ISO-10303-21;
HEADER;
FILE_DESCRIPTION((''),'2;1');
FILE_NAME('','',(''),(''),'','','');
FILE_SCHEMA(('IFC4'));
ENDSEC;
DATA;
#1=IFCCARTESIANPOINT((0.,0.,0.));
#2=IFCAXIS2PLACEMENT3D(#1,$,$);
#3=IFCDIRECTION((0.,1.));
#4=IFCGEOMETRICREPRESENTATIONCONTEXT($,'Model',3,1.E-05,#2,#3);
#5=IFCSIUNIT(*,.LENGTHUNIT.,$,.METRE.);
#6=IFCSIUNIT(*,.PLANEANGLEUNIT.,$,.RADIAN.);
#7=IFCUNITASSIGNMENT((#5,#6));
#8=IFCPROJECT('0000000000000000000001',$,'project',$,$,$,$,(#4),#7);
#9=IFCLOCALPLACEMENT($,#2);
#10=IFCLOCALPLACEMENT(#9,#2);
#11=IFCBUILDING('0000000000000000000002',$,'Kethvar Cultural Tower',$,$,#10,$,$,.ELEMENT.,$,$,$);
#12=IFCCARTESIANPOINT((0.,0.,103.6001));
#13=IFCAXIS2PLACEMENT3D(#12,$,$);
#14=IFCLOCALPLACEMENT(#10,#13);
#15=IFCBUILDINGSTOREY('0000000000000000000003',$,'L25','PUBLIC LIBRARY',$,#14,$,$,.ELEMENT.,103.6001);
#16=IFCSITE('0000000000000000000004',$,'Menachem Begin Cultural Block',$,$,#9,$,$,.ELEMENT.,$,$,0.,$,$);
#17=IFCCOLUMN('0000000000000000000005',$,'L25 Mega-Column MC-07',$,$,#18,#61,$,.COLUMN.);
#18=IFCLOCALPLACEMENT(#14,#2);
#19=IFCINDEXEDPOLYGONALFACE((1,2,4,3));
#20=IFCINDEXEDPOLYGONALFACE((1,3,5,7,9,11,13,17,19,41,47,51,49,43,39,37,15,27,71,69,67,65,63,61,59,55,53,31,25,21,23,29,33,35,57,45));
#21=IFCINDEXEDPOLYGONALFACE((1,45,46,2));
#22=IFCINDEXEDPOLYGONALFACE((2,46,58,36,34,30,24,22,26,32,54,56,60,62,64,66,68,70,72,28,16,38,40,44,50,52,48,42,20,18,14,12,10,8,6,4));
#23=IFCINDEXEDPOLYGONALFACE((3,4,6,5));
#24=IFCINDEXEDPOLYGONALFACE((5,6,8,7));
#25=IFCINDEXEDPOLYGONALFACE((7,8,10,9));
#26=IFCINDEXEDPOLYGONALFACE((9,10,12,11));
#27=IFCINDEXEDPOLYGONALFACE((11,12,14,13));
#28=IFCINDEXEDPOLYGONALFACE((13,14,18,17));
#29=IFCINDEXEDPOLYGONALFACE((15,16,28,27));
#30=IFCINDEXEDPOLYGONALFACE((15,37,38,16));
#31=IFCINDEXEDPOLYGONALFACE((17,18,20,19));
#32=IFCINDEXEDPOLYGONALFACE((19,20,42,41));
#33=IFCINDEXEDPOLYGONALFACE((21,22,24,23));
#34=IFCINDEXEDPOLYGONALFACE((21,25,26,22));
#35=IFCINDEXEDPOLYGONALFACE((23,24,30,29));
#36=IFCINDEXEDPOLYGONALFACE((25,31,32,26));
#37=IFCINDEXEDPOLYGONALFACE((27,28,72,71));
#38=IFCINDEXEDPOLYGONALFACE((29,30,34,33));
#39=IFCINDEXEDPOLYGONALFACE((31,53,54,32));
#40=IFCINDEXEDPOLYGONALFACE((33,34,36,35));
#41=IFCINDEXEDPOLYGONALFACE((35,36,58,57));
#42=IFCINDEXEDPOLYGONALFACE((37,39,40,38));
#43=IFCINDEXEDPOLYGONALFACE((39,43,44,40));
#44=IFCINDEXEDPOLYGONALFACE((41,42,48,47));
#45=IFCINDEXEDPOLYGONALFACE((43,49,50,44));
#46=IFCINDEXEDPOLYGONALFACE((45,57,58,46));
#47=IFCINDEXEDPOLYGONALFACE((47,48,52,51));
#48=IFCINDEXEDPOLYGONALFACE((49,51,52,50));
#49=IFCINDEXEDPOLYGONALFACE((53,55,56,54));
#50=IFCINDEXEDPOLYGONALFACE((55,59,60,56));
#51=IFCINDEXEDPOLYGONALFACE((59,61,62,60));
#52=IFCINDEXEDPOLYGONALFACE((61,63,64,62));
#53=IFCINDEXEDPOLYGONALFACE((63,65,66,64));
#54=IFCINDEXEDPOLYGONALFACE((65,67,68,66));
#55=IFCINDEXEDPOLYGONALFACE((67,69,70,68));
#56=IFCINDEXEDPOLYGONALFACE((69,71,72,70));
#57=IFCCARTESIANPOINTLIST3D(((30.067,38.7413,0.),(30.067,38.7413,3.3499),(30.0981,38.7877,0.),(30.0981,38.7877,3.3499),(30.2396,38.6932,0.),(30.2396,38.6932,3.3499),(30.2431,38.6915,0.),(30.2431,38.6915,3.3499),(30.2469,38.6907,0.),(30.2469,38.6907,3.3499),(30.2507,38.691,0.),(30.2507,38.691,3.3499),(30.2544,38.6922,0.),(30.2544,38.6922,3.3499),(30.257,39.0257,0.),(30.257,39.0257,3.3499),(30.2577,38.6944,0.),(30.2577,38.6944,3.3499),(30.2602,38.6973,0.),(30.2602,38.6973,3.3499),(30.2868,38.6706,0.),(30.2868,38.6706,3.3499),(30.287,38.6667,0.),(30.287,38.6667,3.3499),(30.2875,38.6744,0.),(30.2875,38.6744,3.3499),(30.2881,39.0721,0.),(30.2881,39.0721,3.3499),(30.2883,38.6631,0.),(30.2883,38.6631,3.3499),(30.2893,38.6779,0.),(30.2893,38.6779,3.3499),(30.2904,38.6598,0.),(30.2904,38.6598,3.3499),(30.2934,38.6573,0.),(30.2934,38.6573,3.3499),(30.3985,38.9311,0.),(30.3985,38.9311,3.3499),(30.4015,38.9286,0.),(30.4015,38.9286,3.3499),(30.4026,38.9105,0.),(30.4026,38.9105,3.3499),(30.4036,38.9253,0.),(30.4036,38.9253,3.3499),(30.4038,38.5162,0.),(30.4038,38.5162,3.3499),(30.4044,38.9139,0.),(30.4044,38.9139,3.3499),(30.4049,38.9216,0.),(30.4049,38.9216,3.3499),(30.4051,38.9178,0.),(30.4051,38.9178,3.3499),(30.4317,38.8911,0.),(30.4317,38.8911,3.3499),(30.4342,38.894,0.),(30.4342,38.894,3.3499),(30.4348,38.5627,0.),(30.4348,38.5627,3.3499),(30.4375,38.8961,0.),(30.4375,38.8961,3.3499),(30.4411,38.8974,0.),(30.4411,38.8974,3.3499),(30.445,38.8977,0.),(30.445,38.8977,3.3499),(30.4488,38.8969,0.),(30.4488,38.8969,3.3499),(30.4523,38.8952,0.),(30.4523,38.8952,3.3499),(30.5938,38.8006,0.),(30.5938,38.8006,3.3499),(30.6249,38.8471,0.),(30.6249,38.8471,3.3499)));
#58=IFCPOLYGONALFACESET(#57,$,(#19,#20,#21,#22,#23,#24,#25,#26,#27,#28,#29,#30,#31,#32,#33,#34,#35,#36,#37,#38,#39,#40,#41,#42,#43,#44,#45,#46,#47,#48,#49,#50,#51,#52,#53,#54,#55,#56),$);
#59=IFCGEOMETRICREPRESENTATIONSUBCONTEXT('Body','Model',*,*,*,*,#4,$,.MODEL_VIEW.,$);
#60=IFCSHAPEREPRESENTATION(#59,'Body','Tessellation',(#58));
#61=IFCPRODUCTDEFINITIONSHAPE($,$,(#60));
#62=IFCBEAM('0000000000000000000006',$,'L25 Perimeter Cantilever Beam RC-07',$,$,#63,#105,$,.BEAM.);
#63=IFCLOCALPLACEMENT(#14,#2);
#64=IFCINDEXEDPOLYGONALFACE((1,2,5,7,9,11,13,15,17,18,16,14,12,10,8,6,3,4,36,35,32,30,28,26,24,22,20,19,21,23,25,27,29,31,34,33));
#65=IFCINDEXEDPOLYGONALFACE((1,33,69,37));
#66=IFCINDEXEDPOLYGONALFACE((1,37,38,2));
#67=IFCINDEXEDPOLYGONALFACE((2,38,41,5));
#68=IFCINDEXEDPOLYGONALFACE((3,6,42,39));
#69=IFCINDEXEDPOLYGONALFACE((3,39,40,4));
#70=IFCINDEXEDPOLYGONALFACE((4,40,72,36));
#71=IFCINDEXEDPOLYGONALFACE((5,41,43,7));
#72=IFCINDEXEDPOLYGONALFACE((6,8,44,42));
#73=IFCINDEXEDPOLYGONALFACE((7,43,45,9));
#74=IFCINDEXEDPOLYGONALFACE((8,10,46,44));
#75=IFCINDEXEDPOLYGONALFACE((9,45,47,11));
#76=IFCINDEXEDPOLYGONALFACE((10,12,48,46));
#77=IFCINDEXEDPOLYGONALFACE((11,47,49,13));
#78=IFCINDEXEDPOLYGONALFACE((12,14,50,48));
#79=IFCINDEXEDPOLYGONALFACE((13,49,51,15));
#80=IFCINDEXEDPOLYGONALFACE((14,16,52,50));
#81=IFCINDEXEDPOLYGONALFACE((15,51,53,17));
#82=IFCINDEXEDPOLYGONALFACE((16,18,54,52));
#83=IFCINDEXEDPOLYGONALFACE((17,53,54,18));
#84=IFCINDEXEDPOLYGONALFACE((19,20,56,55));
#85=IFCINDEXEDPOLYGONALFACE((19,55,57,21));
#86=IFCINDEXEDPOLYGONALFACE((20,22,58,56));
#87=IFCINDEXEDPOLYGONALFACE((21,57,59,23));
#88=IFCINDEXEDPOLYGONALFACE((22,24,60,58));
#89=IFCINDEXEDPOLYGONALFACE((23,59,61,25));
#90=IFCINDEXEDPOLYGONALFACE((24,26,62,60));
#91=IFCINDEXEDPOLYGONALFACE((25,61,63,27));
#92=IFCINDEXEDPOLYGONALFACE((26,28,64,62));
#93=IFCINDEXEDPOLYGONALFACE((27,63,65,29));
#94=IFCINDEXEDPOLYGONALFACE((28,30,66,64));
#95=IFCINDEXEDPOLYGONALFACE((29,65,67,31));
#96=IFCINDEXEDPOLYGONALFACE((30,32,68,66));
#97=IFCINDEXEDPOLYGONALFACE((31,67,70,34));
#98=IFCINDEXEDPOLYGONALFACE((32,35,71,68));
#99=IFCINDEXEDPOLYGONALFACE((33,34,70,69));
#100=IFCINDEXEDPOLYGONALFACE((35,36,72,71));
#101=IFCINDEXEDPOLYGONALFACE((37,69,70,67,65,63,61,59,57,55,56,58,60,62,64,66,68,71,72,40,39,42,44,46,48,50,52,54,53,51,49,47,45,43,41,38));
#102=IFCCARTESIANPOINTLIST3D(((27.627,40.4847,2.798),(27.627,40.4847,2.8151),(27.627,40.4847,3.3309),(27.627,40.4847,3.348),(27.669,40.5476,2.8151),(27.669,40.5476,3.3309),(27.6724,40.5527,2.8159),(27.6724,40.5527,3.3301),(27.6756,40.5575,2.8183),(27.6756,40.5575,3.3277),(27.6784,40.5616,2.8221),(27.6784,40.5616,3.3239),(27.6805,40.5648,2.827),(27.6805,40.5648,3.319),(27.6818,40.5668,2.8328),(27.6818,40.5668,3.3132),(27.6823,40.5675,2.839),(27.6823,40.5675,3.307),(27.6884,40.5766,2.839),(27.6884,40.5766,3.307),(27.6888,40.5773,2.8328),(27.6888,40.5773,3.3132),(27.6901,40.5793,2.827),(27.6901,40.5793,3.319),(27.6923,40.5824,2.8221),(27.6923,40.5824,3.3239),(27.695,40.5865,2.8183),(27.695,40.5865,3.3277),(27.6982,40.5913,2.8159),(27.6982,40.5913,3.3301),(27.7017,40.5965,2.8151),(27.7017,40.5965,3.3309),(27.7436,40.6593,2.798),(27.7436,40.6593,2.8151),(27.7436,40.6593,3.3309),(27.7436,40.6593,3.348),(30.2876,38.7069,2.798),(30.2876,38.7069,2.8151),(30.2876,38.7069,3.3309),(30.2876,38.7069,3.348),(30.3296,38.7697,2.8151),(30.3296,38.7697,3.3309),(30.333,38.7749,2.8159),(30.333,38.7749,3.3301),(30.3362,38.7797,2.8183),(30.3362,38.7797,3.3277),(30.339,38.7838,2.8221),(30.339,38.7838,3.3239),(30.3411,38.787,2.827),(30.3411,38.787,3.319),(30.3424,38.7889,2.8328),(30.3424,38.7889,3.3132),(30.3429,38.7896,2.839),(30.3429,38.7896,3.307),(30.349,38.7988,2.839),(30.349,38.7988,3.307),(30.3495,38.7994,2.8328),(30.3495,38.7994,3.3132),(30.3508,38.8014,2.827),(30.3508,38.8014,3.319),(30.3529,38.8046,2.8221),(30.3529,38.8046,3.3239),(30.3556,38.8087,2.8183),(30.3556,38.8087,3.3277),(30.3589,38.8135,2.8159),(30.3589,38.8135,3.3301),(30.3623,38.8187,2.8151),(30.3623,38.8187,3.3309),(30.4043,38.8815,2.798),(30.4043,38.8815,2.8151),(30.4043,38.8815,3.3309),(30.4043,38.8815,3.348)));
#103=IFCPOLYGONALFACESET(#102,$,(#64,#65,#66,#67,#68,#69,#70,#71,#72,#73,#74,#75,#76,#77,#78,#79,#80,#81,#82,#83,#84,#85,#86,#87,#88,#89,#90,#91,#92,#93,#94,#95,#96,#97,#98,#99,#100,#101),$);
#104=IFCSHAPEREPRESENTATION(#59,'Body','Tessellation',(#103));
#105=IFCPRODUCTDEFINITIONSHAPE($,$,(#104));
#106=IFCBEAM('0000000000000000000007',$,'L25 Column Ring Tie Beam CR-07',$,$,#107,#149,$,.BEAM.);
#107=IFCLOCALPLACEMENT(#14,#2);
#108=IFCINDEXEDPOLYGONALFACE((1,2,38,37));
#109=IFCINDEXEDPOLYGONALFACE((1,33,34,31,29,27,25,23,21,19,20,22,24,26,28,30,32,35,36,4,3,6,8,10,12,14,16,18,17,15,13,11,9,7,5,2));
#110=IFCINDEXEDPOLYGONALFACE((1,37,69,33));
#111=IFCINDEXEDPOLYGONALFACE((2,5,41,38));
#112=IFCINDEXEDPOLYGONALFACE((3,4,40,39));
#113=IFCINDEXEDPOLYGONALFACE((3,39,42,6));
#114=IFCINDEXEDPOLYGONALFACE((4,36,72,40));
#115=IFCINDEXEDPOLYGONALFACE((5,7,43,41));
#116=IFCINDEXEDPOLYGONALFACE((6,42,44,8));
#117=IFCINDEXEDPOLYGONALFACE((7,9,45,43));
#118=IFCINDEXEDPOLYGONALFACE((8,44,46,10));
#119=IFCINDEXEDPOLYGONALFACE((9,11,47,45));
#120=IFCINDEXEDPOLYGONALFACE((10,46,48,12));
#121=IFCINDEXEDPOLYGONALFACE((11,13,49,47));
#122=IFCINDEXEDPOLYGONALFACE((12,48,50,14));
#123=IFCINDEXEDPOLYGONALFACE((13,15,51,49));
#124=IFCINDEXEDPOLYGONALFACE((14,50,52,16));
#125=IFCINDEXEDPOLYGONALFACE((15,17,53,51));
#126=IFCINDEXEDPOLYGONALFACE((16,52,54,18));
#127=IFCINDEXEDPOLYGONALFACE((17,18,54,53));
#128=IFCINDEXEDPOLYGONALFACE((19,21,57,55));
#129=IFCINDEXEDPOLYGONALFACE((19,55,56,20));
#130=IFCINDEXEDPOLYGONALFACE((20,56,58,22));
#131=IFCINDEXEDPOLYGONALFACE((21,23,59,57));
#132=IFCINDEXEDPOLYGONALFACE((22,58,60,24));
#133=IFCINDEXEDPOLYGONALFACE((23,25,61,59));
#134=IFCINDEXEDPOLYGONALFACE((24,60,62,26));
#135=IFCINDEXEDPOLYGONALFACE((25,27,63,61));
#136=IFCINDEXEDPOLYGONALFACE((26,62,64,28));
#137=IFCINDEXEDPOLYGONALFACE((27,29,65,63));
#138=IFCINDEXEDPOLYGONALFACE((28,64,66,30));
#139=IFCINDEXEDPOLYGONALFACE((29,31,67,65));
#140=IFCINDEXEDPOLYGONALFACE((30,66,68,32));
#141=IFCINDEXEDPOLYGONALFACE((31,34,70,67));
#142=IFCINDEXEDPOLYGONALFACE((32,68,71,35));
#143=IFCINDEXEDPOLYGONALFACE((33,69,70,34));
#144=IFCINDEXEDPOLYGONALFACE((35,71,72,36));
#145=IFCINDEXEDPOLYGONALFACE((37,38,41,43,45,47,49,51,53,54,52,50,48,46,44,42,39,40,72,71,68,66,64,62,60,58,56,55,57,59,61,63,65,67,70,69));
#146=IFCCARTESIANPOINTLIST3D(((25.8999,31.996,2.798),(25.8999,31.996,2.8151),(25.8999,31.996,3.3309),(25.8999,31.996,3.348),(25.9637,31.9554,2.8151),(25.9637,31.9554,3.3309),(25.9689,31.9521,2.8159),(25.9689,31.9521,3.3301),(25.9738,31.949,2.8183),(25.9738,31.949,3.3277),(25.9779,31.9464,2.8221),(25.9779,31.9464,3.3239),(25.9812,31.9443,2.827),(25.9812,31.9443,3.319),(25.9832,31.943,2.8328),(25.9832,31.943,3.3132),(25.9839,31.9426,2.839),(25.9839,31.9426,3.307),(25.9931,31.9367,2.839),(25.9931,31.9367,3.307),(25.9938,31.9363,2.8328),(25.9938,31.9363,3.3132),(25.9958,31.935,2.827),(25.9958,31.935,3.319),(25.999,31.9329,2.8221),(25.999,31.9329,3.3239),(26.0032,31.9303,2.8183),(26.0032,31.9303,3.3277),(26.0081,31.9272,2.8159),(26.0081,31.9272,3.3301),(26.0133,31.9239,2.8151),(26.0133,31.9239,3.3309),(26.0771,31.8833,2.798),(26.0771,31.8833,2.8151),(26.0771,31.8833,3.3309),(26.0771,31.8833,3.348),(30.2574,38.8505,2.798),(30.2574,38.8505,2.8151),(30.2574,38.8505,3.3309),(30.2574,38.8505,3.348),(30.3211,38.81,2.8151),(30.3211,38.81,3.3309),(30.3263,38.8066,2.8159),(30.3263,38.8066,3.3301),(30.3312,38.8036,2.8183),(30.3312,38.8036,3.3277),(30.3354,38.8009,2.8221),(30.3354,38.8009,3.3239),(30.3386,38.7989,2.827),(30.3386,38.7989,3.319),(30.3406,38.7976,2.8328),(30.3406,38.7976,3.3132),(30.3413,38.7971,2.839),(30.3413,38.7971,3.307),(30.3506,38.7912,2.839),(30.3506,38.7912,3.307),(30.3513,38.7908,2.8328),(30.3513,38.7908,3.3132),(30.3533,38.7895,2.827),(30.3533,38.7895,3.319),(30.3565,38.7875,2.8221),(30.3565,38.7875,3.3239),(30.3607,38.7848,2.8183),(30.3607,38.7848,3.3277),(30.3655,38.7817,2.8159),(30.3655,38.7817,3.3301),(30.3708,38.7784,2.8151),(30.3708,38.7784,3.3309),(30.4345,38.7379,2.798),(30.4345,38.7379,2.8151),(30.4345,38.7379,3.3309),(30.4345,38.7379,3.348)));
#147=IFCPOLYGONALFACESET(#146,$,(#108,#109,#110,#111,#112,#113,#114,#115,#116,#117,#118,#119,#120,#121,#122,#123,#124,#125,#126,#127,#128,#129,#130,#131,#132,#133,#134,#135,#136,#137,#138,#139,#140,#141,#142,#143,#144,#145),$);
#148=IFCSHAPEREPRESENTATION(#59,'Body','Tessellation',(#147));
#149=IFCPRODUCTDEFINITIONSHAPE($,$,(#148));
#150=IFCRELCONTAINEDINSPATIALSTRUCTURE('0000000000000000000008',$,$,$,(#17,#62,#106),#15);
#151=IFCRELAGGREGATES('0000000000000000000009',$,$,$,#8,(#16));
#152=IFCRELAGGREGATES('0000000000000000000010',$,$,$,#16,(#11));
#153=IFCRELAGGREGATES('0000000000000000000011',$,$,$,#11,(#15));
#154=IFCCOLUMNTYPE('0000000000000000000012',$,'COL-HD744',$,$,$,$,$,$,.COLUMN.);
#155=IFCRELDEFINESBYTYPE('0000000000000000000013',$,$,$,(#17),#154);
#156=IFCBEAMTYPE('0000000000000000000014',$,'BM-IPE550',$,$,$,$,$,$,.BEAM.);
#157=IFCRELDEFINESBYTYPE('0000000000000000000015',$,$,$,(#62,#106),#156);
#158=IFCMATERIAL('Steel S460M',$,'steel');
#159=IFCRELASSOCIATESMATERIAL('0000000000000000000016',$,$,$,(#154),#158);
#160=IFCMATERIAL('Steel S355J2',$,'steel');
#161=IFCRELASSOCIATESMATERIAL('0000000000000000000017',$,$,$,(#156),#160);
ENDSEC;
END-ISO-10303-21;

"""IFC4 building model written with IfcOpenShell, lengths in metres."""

from ifc_helpers import new_model, si_unit, direction, frame, origin, origin_2d, place, context, subcontext, project, spatial, i_section, extrude, source, transform, mapped, material, material_profile, profile_set, type_object, element, save


model = new_model("IFC4")

# Units and contexts
model_context = context("Model", 3, precision=1e-05, world=origin(), true_north=direction((0.0, 1.0)))
body_context = subcontext(model_context, "Body", "Model", "MODEL_VIEW")
ifc_project = project(units=[si_unit("LENGTHUNIT", "METRE"), si_unit("PLANEANGLEUNIT", "RADIAN")], contexts=[model_context])

# Site, building, storey
site_placement = place(None, origin())
site = spatial("IfcSite", under=ifc_project, at=site_placement, Name="Menachem Begin Cultural Block", CompositionType="ELEMENT", RefElevation=0.0)
building_placement = place(site_placement, origin())
building = spatial("IfcBuilding", under=site, at=building_placement, Name="Kethvar Cultural Tower", CompositionType="ELEMENT")
storey_placement = place(building_placement, frame((0.0, 0.0, 103.6001)))
storey = spatial("IfcBuildingStorey", under=building, at=storey_placement, Name="L25", Description="PUBLIC LIBRARY", CompositionType="ELEMENT", Elevation=103.6001)

# Column
ifc_material_1 = material(Name="Steel S460M", Category="steel")
ifc_material_profile_1 = material_profile(ifc_material_1, i_section(OverallWidth=0.405, OverallDepth=0.3979, WebThickness=0.0349, FlangeThickness=0.0559, FilletRadius=0.0149, at=origin_2d()), Name="Steel S460M — HD400x744")
ifc_profile_set_1 = profile_set([ifc_material_profile_1], Name="Steel S460M — HD400x744")
column_type = type_object("IfcColumnType", Name="COL-HD744", PredefinedType="COLUMN", material=ifc_profile_set_1)
shared_shape_1 = source(origin(), body_context, "Body", "SweptSolid", [
    extrude(i_section(OverallWidth=0.405, OverallDepth=0.3979, WebThickness=0.0349, FlangeThickness=0.0559, FilletRadius=0.0149, at=origin_2d()), origin(), (0.0, 0.0, 1.0), 3.3499),
])
column_placement = place(storey_placement, frame((30.3459, 38.7942, 0.0), z_axis=(0.0, 0.0, 1.0), x_axis=(-0.83147, 0.55557, 0.0)))
element("IfcColumn", 1, at=column_placement, inside=storey, type_object=column_type, Name="L25 Mega-Column MC-07", PredefinedType="COLUMN", context=body_context, shape_type="MappedRepresentation", body=[
    mapped(shared_shape_1, transform((0.0, 0.0, 0.0), scale=1.0)),
])

# Beams
ifc_material_2 = material(Name="Steel S355J2", Category="steel")
ifc_material_profile_2 = material_profile(ifc_material_2, i_section(OverallWidth=0.21, OverallDepth=0.55, WebThickness=0.011, FlangeThickness=0.0171, FilletRadius=0.0239, at=origin_2d()), Name="Steel S355J2 — IPE550")
ifc_profile_set_2 = profile_set([ifc_material_profile_2], Name="Steel S355J2 — IPE550")
beam_type_1 = type_object("IfcBeamType", Name="BM-IPE550", PredefinedType="BEAM", material=ifc_profile_set_2)
shared_shape_2 = source(origin(), body_context, "Body", "SweptSolid", [
    extrude(i_section(OverallWidth=0.21, OverallDepth=0.55, WebThickness=0.011, FlangeThickness=0.0171, FilletRadius=0.0239, at=origin_2d()), origin(), (0.0, 0.0, 1.0), 3.2),
])
beam_1_placement = place(storey_placement, frame((30.3459, 38.7942, 3.073), z_axis=(-0.831463, 0.55558, 0.0), x_axis=(-0.55558, -0.831463, 0.0)))
element("IfcBeam", 2, at=beam_1_placement, inside=storey, type_object=beam_type_1, Name="L25 Perimeter Cantilever Beam RC-07", PredefinedType="BEAM", context=body_context, shape_type="MappedRepresentation", body=[
    mapped(shared_shape_2, transform((0.0, 0.0, 0.0), scale=1.0)),
])
shared_shape_3 = source(origin(), body_context, "Body", "SweptSolid", [
    extrude(i_section(OverallWidth=0.21, OverallDepth=0.55, WebThickness=0.011, FlangeThickness=0.0171, FilletRadius=0.0239, at=origin_2d()), origin(), (0.0, 0.0, 1.0), 8.1223),
])
beam_2_placement = place(storey_placement, frame((30.3459, 38.7942, 3.073), z_axis=(-0.536479, -0.843914, 0.0), x_axis=(0.843914, -0.536479, 0.0)))
element("IfcBeam", 3, at=beam_2_placement, inside=storey, type_object=beam_type_1, Name="L25 Column Ring Tie Beam CR-07", PredefinedType="BEAM", context=body_context, shape_type="MappedRepresentation", body=[
    mapped(shared_shape_3, transform((0.0, 0.0, 0.0), scale=1.0)),
])

save(model, "model.ifc")
